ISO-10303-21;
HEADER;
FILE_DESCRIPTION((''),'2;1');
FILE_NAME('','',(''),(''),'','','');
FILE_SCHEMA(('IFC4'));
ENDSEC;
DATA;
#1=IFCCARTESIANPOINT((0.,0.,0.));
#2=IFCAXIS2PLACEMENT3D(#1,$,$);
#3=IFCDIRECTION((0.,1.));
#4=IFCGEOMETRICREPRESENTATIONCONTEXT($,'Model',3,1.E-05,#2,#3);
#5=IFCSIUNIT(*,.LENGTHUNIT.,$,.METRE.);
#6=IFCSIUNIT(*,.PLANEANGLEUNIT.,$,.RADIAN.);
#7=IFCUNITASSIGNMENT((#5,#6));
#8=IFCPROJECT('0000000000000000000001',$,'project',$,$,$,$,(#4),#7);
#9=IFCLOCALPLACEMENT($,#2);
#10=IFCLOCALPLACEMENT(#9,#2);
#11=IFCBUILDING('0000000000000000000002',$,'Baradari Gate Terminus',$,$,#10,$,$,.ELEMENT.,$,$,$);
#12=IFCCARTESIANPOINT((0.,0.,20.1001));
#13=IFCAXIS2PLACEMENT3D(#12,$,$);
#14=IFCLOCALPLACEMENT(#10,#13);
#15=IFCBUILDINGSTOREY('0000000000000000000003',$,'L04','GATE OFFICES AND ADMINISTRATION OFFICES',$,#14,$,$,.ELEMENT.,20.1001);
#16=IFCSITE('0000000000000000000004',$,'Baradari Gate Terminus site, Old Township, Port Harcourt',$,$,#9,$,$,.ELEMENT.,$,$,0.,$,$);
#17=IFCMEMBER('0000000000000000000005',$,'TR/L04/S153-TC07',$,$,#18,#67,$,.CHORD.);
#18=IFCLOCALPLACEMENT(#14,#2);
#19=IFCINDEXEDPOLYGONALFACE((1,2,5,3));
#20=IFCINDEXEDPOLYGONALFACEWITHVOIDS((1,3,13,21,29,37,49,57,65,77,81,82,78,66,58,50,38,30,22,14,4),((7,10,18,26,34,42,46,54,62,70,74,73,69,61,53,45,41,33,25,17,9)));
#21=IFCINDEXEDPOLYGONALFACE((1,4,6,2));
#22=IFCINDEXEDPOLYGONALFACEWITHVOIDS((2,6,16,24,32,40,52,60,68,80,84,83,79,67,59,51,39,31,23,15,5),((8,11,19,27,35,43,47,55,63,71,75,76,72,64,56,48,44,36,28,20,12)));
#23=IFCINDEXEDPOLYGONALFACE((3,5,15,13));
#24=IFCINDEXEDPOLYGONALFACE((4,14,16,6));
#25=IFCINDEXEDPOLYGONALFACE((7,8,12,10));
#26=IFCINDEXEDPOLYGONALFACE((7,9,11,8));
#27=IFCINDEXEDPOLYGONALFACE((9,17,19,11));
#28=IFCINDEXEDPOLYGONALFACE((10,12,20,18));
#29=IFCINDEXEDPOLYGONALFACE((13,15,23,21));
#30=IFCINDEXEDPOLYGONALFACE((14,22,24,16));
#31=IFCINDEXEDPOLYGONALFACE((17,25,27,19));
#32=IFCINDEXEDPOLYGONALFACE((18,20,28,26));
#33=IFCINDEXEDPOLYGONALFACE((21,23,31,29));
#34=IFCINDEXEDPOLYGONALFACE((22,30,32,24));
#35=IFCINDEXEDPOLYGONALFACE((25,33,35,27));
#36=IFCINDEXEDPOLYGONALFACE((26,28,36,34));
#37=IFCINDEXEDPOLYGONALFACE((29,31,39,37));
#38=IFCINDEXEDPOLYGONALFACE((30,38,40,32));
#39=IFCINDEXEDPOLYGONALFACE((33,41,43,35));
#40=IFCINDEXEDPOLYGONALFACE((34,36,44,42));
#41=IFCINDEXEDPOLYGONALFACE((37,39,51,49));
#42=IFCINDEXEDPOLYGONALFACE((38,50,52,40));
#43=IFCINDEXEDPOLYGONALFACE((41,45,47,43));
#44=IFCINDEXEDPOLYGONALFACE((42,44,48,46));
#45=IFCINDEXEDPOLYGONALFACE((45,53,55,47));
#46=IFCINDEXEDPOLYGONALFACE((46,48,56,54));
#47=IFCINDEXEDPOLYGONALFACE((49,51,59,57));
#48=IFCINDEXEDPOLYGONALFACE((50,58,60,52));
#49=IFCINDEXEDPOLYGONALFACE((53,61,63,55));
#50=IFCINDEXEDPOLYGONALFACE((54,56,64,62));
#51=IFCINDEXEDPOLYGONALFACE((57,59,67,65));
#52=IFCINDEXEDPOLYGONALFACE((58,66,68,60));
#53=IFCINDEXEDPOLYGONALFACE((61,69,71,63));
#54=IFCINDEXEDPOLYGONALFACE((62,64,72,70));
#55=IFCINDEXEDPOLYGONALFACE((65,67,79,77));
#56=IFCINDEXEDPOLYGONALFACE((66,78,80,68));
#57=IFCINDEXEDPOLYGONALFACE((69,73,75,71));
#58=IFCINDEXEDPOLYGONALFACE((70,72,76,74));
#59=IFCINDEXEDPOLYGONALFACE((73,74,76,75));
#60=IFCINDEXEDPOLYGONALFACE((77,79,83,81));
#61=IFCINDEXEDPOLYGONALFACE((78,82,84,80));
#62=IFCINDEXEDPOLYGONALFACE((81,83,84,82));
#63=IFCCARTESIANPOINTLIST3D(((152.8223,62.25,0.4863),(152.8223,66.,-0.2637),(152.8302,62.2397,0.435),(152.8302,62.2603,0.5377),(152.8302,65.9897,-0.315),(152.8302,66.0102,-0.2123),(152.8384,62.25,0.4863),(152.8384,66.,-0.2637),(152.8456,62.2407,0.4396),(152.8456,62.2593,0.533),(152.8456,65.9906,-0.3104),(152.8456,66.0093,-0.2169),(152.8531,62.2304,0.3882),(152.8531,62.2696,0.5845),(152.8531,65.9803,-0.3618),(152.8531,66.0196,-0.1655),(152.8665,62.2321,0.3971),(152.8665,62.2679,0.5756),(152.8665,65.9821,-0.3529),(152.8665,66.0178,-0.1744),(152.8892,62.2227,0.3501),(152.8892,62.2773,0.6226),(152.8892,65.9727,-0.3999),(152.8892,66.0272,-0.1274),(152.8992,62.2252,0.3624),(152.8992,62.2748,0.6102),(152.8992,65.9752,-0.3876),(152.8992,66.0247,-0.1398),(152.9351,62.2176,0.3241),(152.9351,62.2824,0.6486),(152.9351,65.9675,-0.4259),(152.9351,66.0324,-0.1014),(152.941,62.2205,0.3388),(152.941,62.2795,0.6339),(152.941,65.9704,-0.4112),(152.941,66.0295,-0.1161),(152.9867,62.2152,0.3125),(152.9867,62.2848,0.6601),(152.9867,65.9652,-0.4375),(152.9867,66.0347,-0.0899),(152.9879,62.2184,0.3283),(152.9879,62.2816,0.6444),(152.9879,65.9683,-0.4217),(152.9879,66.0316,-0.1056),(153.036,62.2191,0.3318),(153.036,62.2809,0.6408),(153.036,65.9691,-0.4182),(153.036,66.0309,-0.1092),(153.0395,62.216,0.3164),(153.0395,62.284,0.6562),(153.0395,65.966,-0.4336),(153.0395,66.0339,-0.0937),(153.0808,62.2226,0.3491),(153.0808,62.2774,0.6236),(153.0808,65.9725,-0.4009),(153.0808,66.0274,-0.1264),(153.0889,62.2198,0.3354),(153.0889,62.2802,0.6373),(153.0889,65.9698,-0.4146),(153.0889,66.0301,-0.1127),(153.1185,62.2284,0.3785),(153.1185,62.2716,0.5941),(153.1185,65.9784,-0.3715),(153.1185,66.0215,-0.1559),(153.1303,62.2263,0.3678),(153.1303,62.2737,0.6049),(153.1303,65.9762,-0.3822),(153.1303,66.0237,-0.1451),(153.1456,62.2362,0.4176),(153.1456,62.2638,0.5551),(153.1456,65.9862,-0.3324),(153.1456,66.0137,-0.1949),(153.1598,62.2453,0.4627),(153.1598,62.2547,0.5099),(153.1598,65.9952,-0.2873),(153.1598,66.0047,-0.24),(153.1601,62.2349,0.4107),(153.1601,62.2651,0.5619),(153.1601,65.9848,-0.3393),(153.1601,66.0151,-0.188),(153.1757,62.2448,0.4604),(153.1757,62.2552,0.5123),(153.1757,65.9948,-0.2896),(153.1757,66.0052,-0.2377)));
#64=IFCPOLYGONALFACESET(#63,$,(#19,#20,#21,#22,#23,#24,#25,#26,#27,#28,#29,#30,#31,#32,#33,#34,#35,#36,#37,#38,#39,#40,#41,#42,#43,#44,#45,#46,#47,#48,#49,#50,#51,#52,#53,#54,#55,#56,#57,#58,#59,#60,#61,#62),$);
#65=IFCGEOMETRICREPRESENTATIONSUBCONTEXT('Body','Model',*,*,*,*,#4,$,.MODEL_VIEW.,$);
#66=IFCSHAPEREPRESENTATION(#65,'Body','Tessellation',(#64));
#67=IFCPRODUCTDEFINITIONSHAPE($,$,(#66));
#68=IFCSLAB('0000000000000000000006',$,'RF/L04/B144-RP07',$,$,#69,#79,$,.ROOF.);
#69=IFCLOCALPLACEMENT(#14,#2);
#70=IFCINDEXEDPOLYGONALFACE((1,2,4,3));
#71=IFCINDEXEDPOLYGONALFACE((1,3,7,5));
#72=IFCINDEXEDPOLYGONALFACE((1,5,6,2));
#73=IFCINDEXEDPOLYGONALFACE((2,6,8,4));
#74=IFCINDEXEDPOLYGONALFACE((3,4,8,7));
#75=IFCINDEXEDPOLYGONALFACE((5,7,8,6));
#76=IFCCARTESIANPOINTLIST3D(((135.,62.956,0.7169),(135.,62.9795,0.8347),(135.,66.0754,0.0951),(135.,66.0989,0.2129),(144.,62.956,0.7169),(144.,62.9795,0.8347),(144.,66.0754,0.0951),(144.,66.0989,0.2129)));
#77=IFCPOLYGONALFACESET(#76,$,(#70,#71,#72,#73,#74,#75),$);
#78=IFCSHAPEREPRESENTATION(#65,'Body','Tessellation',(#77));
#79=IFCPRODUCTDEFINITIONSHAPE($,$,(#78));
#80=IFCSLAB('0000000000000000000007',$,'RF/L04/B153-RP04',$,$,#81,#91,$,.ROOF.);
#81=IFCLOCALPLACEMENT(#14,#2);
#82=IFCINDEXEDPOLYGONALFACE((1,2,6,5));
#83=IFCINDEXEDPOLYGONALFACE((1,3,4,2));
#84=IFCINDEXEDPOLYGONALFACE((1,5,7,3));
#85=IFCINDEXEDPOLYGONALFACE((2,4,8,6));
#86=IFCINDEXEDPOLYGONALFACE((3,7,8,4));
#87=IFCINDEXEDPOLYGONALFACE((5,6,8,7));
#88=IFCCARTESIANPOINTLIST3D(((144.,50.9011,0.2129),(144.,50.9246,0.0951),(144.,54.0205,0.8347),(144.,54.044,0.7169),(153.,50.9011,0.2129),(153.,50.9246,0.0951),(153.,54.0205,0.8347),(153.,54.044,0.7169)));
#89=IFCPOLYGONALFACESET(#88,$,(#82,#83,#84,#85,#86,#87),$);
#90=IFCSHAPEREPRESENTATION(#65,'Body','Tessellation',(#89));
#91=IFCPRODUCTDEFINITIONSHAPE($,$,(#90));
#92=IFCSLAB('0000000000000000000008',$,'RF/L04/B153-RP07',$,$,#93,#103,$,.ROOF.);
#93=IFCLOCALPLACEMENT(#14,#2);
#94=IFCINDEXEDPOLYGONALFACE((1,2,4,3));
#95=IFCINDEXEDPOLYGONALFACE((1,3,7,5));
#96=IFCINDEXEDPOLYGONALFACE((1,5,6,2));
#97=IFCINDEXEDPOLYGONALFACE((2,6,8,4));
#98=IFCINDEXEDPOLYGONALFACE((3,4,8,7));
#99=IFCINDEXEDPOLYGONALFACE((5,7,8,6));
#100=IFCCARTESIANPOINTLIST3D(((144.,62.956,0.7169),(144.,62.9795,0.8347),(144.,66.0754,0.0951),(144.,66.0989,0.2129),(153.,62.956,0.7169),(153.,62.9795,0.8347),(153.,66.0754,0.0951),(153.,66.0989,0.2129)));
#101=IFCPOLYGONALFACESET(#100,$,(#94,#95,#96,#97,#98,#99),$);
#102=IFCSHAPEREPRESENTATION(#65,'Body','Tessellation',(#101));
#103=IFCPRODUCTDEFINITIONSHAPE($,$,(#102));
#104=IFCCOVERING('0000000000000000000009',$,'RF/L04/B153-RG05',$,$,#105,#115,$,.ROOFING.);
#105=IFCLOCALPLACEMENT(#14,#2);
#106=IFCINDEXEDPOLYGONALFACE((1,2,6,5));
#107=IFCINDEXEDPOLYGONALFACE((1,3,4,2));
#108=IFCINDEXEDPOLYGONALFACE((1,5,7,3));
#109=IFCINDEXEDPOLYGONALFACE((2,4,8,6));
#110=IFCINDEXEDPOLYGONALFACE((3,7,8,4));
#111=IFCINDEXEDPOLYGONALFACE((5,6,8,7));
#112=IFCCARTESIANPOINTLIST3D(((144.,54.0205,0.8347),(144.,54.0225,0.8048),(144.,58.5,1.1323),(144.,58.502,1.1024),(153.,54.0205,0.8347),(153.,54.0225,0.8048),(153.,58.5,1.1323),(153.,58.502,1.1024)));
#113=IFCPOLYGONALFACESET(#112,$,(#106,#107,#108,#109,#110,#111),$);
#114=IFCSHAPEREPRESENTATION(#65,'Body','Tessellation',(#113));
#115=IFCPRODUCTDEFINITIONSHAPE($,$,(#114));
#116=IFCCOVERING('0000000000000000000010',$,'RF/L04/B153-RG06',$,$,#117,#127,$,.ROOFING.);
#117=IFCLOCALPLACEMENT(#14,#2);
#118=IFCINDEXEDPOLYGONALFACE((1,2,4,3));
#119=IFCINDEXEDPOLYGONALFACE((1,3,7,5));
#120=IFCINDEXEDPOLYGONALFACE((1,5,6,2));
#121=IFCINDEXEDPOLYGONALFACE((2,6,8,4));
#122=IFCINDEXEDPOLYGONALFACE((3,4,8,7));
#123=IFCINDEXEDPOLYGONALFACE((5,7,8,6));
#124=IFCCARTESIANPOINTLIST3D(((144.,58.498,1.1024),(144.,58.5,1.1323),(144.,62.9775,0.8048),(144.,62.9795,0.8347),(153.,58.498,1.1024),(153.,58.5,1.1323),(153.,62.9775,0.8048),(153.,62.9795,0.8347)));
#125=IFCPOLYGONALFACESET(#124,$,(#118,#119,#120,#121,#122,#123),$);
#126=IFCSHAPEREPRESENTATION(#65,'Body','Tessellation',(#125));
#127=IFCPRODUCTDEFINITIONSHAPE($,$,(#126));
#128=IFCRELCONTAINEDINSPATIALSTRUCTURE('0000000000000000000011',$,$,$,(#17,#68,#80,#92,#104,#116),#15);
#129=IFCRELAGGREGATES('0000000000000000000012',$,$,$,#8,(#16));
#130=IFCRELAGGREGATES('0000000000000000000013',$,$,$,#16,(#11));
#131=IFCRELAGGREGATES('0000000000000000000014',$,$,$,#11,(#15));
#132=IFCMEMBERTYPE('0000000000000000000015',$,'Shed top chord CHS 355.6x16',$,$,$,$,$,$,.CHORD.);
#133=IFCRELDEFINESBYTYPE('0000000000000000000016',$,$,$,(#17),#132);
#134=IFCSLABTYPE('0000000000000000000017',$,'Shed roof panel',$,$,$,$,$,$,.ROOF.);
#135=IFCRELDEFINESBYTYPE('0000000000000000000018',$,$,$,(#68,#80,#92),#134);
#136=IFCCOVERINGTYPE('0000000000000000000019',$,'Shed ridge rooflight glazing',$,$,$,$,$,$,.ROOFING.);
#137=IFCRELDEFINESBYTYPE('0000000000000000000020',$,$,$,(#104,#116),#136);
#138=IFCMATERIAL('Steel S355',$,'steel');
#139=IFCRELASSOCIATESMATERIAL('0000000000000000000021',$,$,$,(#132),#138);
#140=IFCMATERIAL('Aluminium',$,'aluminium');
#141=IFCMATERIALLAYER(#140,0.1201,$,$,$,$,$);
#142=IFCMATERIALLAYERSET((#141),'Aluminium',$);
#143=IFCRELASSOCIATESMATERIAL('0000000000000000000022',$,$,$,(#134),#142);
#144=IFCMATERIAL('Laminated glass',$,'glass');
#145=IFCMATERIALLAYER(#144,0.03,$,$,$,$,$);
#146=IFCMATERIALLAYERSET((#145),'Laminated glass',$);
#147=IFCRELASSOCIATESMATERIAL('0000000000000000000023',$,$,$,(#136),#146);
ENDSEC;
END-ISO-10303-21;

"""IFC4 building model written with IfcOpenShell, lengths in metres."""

from ifc_helpers import new_model, si_unit, direction, frame, origin, origin_2d, place, context, subcontext, project, spatial, polyline, hollow_circle, outline, extrude, material, layer, layer_set, material_profile, profile_set, type_object, element, save


model = new_model("IFC4")

# Units and contexts
model_context = context("Model", 3, precision=1e-05, world=origin(), true_north=direction((0.0, 1.0)))
body_context = subcontext(model_context, "Body", "Model", "MODEL_VIEW")
ifc_project = project(units=[si_unit("LENGTHUNIT", "METRE"), si_unit("PLANEANGLEUNIT", "RADIAN")], contexts=[model_context])

# Site, building, storey
site_placement = place(None, origin())
site = spatial("IfcSite", under=ifc_project, at=site_placement, Name="Baradari Gate Terminus site, Old Township, Port Harcourt", CompositionType="ELEMENT", RefElevation=0.0)
building_placement = place(site_placement, origin())
building = spatial("IfcBuilding", under=site, at=building_placement, Name="Baradari Gate Terminus", CompositionType="ELEMENT")
storey_placement = place(building_placement, frame((0.0, 0.0, 20.1001)))
storey = spatial("IfcBuildingStorey", under=building, at=storey_placement, Name="L04", Description="GATE OFFICES AND ADMINISTRATION OFFICES", CompositionType="ELEMENT", Elevation=20.1001)

# Member
ifc_material_1 = material(Name="Steel S355", Category="steel")
ifc_material_profile_1 = material_profile(ifc_material_1, hollow_circle(Radius=0.1777, WallThickness=0.0161, at=origin_2d()), Name="CHS 355.6x16")
ifc_profile_set_1 = profile_set([ifc_material_profile_1], Name="Steel S355")
member_type_1 = type_object("IfcMemberType", Name="Shed top chord CHS 355.6x16", PredefinedType="CHORD", material=ifc_profile_set_1)
member_1_placement = place(storey_placement, frame((153.0, 62.25, 0.4863), z_axis=(0.0, 0.980581, -0.196116), x_axis=(-1.0, 0.0, 0.0)))
element("IfcMember", 1, at=member_1_placement, inside=storey, type_object=member_type_1, Name="TR/L04/S153-TC07", PredefinedType="CHORD", context=body_context, shape_type="SweptSolid", body=[
    extrude(hollow_circle(Radius=0.1777, WallThickness=0.0161, at=origin_2d()), origin(), (0.0, 0.0, 1.0), 3.8242),
])

# Slabs
ifc_material_2 = material(Name="Aluminium", Category="aluminium")
ifc_layer_1 = layer(ifc_material_2, 0.1201)
ifc_layer_set_1 = layer_set([ifc_layer_1], Name="Aluminium")
slab_type = type_object("IfcSlabType", Name="Shed roof panel", PredefinedType="ROOF", material=ifc_layer_set_1)
for number, where, z_axis, x_axis, name in (
    (2, (135.0, 62.9795, 0.8347), (0.0, 0.195496, 0.980704), (1.0, 0.0, 0.0), "RF/L04/B144-RP07"),
    (3, (144.0, 50.9011, 0.2129), (0.0, -0.195496, 0.980704), (1.0, 0.0, 0.0), "RF/L04/B153-RP04"),
    (4, (144.0, 62.9795, 0.8347), (0.0, 0.195496, 0.980704), (1.0, 0.0, 0.0), "RF/L04/B153-RP07"),
):
    element("IfcSlab", number, at=place(storey_placement, frame(where, z_axis=z_axis, x_axis=x_axis)), inside=storey, type_object=slab_type, Name=name, PredefinedType="ROOF", context=body_context, shape_type="SweptSolid", body=[
        extrude(outline(polyline([(0.0, 0.0), (9.0, 0.0), (9.0, 3.1808), (0.0, 3.1808), (0.0, 0.0)])), origin(), (0.0, 0.0, -1.0), 0.1201),
    ])

# Coverings
ifc_material_3 = material(Name="Laminated glass", Category="glass")
ifc_layer_2 = layer(ifc_material_3, 0.03)
ifc_layer_set_2 = layer_set([ifc_layer_2], Name="Laminated glass")
covering_type = type_object("IfcCoveringType", Name="Shed ridge rooflight glazing", PredefinedType="ROOFING", material=ifc_layer_set_2)
for number, where, z_axis, x_axis, name in (
    (5, (144.0, 54.0205, 0.8347), (0.0, -0.066292, 0.9978), (1.0, 0.0, 0.0), "RF/L04/B153-RG05"),
    (6, (144.0, 58.5, 1.1323), (0.0, 0.066292, 0.9978), (1.0, 0.0, 0.0), "RF/L04/B153-RG06"),
):
    element("IfcCovering", number, at=place(storey_placement, frame(where, z_axis=z_axis, x_axis=x_axis)), inside=storey, type_object=covering_type, Name=name, PredefinedType="ROOFING", context=body_context, shape_type="SweptSolid", body=[
        extrude(outline(polyline([(0.0, 0.0), (9.0, 0.0), (9.0, 4.4894), (0.0, 4.4894), (0.0, 0.0)])), origin(), (0.0, 0.0, -1.0), 0.03),
    ])

save(model, "model.ifc")
